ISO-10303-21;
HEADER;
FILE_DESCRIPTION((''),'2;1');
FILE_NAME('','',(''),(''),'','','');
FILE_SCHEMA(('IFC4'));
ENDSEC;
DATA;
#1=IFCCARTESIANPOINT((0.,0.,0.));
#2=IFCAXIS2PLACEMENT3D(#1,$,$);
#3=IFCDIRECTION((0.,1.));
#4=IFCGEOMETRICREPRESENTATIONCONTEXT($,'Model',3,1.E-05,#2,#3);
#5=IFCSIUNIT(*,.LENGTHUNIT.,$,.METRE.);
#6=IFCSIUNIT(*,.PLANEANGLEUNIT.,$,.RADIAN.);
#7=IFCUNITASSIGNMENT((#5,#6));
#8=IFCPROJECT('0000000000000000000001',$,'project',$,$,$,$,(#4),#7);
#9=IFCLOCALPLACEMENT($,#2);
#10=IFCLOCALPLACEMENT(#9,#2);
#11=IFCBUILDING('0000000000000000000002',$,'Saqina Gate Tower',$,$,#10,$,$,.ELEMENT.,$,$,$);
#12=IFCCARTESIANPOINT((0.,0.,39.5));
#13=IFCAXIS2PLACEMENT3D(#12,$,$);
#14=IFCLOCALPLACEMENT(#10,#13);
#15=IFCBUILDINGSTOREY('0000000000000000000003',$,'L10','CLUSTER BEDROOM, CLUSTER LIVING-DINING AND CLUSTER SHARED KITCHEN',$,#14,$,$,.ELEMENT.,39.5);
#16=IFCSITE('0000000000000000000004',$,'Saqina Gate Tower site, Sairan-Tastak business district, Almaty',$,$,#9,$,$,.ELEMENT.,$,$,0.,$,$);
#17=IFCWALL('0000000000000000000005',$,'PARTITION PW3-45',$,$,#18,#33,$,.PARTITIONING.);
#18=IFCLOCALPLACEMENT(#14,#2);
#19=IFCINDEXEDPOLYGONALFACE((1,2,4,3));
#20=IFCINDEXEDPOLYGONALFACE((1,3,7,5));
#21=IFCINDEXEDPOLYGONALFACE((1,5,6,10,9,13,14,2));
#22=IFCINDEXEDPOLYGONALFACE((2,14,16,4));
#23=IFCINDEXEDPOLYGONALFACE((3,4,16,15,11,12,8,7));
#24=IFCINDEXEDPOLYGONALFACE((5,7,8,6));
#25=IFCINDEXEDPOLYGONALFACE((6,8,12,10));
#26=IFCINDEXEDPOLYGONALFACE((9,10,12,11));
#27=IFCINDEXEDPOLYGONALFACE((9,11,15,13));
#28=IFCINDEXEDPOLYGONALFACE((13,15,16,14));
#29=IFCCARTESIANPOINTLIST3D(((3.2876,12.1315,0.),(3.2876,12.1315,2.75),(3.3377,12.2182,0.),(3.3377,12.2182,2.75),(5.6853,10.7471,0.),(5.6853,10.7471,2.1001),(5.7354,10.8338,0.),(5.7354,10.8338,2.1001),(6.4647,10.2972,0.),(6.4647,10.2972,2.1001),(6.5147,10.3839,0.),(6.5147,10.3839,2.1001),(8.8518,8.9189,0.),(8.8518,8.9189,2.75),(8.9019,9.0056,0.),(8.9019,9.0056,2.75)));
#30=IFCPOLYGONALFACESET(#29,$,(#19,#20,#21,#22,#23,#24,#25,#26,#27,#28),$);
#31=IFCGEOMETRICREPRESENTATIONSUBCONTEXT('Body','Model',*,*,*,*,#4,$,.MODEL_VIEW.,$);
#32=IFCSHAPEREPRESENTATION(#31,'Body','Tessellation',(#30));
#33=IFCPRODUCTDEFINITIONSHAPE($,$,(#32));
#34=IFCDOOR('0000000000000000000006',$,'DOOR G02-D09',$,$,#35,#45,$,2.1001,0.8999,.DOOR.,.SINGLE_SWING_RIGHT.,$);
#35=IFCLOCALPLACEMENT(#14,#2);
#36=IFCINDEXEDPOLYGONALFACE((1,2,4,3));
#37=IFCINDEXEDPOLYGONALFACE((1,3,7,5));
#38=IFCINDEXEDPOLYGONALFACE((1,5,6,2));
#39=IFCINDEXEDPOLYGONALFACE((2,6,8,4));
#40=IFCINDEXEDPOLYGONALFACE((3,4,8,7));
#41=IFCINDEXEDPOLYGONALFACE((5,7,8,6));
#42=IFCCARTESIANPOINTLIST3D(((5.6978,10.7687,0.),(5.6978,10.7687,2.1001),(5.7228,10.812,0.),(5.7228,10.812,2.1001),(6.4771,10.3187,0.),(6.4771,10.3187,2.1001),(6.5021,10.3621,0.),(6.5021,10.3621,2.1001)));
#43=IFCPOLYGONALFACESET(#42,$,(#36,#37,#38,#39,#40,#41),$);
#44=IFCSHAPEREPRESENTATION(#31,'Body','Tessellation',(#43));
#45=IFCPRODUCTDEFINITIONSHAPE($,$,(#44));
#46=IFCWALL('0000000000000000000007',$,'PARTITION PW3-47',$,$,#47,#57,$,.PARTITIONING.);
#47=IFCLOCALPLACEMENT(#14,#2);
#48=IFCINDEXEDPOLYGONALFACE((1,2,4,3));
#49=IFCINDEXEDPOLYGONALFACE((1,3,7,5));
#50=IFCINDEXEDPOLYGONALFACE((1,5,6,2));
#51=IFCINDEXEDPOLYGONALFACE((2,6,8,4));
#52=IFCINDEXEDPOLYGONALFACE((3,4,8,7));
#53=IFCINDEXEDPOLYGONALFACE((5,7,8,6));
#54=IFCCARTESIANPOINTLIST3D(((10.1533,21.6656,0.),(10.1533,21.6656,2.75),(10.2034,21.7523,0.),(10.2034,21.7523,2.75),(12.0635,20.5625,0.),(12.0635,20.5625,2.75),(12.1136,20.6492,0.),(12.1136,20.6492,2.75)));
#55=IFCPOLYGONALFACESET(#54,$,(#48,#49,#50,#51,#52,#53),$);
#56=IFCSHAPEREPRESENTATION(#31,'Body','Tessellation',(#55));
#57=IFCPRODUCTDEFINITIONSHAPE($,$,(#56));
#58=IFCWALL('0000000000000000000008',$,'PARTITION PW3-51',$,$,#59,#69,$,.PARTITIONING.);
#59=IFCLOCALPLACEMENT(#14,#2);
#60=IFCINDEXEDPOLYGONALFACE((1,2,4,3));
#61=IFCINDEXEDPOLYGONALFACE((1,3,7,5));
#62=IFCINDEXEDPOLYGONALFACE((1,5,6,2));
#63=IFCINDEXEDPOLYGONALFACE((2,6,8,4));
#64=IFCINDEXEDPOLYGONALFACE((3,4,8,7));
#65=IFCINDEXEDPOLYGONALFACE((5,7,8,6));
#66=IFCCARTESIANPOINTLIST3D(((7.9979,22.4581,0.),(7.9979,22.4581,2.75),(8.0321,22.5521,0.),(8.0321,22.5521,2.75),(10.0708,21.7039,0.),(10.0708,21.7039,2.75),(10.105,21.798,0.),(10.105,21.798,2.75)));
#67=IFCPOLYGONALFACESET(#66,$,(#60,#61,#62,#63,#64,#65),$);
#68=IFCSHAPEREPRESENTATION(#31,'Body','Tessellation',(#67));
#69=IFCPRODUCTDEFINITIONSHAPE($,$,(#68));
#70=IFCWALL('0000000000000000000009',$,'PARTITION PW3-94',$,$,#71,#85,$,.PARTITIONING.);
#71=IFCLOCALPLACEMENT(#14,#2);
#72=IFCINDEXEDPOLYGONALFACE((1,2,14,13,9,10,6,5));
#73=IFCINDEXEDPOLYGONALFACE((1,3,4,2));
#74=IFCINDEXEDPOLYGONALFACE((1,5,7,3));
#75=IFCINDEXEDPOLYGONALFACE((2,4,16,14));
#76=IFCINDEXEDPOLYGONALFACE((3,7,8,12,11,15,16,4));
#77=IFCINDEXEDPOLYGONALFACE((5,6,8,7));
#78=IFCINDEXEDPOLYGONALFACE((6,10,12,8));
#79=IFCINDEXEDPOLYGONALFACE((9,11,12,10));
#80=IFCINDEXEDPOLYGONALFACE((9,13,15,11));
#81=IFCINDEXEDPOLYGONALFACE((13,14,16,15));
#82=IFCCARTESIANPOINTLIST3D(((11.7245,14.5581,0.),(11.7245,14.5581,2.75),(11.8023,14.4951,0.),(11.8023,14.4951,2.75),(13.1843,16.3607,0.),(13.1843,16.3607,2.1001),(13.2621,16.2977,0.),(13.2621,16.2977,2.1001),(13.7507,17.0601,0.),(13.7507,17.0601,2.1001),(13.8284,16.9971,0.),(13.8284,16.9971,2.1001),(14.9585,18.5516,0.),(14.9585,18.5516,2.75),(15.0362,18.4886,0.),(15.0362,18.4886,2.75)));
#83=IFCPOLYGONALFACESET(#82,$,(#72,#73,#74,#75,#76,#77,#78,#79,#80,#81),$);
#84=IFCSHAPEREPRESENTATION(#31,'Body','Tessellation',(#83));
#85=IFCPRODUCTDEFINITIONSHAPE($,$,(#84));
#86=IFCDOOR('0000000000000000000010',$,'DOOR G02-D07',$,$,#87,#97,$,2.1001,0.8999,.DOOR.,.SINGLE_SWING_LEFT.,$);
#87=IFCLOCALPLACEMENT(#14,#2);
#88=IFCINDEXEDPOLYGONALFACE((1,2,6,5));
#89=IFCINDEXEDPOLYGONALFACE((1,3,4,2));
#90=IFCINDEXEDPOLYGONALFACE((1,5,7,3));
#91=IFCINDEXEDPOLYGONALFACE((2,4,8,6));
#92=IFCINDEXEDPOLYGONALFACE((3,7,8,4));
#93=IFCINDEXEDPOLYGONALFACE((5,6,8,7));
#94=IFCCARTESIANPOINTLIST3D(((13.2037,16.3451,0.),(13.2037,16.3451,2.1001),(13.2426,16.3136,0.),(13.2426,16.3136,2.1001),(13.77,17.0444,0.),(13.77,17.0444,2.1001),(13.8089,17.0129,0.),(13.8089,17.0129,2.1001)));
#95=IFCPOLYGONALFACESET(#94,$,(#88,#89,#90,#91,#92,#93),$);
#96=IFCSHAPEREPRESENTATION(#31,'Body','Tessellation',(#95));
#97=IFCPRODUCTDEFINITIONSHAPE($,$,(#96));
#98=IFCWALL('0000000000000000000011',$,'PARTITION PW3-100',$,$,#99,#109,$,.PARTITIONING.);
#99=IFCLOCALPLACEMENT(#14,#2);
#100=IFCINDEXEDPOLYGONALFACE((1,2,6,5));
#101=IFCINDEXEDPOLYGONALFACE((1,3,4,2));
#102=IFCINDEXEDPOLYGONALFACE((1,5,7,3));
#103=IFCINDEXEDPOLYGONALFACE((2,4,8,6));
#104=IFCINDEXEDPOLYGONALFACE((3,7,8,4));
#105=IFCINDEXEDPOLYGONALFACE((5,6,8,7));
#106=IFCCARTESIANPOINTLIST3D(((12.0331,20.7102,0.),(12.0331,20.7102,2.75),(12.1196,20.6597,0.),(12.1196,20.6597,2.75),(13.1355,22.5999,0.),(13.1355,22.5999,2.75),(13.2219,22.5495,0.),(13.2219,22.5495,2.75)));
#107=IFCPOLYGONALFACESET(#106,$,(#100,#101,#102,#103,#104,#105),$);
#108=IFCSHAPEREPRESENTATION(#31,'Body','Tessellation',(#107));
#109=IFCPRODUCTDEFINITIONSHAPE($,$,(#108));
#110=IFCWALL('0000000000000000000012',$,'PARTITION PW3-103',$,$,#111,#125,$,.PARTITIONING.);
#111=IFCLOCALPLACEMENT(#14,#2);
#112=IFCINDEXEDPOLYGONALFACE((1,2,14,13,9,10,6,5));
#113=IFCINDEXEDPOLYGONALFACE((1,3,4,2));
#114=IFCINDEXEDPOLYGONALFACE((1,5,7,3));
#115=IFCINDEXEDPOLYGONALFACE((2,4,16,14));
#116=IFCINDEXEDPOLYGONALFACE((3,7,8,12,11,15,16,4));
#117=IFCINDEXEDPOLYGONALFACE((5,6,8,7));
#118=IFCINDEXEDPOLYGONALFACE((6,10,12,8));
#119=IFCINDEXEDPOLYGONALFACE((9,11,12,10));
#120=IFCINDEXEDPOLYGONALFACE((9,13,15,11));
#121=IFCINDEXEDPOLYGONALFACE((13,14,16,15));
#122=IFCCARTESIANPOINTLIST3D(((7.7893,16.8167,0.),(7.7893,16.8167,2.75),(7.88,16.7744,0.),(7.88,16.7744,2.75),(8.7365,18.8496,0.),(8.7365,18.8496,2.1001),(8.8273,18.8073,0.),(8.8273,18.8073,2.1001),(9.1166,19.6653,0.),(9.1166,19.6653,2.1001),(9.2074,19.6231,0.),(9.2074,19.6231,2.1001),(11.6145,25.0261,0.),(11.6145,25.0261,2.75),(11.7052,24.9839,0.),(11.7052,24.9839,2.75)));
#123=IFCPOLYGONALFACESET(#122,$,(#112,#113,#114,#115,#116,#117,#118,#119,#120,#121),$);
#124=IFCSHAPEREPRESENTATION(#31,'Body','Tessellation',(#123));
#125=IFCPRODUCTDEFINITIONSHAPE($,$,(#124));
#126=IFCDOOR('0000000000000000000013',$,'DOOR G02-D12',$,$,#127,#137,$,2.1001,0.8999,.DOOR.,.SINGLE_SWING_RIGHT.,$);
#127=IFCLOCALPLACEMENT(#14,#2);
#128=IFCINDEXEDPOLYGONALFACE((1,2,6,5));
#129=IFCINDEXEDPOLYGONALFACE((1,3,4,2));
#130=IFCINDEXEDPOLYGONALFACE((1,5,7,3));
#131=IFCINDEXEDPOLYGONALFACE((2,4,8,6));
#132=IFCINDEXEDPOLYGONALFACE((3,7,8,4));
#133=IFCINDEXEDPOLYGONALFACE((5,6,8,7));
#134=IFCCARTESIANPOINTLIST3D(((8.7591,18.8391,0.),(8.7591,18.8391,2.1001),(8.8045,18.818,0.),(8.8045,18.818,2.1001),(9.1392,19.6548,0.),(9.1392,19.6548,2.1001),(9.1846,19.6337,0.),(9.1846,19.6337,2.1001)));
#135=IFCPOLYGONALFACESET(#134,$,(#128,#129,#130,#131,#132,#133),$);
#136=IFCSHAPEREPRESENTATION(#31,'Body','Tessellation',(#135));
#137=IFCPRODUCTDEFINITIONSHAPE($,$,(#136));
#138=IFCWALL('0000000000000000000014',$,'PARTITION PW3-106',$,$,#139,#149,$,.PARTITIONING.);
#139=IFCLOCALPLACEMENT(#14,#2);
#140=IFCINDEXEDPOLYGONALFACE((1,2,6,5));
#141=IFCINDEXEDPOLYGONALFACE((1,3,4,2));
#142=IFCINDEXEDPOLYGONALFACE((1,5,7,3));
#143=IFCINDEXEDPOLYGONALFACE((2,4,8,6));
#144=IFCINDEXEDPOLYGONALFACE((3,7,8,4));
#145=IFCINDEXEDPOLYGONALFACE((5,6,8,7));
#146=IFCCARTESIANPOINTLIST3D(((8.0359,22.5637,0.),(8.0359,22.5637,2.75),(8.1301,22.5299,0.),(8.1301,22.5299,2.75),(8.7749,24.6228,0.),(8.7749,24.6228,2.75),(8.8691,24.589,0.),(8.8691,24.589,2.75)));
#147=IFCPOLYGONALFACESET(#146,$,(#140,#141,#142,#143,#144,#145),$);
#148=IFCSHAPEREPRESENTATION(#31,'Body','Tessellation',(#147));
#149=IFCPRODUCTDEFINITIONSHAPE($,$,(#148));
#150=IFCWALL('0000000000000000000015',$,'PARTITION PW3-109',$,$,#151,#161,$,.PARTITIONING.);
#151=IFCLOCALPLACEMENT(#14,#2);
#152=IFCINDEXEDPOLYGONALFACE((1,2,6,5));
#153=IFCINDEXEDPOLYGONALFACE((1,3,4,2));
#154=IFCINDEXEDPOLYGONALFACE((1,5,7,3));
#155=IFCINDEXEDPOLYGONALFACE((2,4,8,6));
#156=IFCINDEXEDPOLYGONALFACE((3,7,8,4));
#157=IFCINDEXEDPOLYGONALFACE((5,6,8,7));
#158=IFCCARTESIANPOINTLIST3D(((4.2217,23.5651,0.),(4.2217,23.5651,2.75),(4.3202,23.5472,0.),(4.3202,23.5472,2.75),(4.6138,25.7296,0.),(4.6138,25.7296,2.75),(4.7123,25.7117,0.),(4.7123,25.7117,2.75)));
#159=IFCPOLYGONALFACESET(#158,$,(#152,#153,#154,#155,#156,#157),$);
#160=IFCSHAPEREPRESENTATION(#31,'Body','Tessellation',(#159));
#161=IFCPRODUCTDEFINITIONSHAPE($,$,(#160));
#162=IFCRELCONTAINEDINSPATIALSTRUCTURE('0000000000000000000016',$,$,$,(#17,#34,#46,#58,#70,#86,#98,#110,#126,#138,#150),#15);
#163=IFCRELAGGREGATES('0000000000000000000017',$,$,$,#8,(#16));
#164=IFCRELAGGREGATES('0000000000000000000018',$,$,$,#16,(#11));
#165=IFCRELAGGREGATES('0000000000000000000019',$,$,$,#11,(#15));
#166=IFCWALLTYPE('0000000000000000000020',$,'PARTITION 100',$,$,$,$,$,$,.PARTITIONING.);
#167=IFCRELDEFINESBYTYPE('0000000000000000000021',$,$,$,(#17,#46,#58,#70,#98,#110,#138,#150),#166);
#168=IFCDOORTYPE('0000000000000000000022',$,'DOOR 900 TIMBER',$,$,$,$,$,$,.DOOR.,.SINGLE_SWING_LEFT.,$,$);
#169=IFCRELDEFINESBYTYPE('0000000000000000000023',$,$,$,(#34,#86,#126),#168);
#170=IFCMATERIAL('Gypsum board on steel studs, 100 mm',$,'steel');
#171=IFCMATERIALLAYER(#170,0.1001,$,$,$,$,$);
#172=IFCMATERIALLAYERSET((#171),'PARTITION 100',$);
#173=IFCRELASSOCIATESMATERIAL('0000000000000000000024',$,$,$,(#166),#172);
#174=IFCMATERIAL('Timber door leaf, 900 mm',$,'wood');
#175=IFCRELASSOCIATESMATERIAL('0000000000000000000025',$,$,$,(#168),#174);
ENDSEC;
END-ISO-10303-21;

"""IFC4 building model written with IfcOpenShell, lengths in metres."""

from ifc_helpers import new_model, si_unit, direction, frame, frame_2d, origin, place, context, subcontext, project, spatial, rectangle, extrude, material, layer, layer_set, type_object, element, fill, save


model = new_model("IFC4")

# Units and contexts
model_context = context("Model", 3, precision=1e-05, world=origin(), true_north=direction((0.0, 1.0)))
body_context = subcontext(model_context, "Body", "Model", "MODEL_VIEW")
ifc_project = project(units=[si_unit("LENGTHUNIT", "METRE"), si_unit("PLANEANGLEUNIT", "RADIAN")], contexts=[model_context])

# Site, building, storey
site_placement = place(None, origin())
site = spatial("IfcSite", under=ifc_project, at=site_placement, Name="Saqina Gate Tower site, Sairan-Tastak business district, Almaty", CompositionType="ELEMENT", RefElevation=0.0)
building_placement = place(site_placement, origin())
building = spatial("IfcBuilding", under=site, at=building_placement, Name="Saqina Gate Tower", CompositionType="ELEMENT")
storey_placement = place(building_placement, frame((0.0, 0.0, 39.5)))
storey = spatial("IfcBuildingStorey", under=building, at=storey_placement, Name="L10", Description="CLUSTER BEDROOM, CLUSTER LIVING-DINING AND CLUSTER SHARED KITCHEN", CompositionType="ELEMENT", Elevation=39.5)

# Wall, opening, door
ifc_material_1 = material(Name="Gypsum board on steel studs, 100 mm", Category="steel")
ifc_layer_1 = layer(ifc_material_1, 0.1001)
ifc_layer_set_1 = layer_set([ifc_layer_1], Name="PARTITION 100")
wall_type_1 = type_object("IfcWallType", Name="PARTITION 100", PredefinedType="PARTITIONING", material=ifc_layer_set_1)
wall_1_placement = place(storey_placement, frame((3.3127, 12.1748, 0.0), z_axis=(0.0, 0.0, 1.0), x_axis=(0.866015, -0.500017, 0.0)))
wall_1 = element("IfcWall", 1, at=wall_1_placement, inside=storey, type_object=wall_type_1, Name="PARTITION PW3-45", PredefinedType="PARTITIONING", context=body_context, shape_type="SweptSolid", body=[
    extrude(rectangle(XDim=6.425, YDim=0.1001, at=frame_2d((3.2124, 0.0))), origin(), (0.0, 0.0, 1.0), 2.75),
])
opening_1_placement = place(wall_1_placement, frame((2.7686, 0.0, 0.0)))
opening_1 = element("IfcOpeningElement", 2, at=opening_1_placement, cuts=wall_1, PredefinedType="OPENING", context=body_context, shape_type="SweptSolid", body=[
    extrude(rectangle(XDim=0.8999, YDim=2.1001, at=frame_2d((0.45, 1.05))), frame((0.0, 0.062, 0.0), z_axis=(0.0, -1.0, 0.0), x_axis=(1.0, 0.0, 0.0)), (0.0, 0.0, 1.0), 0.124),
])
ifc_material_2 = material(Name="Timber door leaf, 900 mm", Category="wood")
door_type_1 = type_object("IfcDoorType", Name="DOOR 900 TIMBER", OperationType="SINGLE_SWING_LEFT", PredefinedType="DOOR", material=ifc_material_2)
door_1_placement = place(opening_1_placement, origin())
door_1 = element("IfcDoor", 3, at=door_1_placement, inside=storey, type_object=door_type_1, Name="DOOR G02-D09", OperationType="SINGLE_SWING_RIGHT", OverallHeight=2.1001, OverallWidth=0.8999, PredefinedType="DOOR", context=body_context, shape_type="SweptSolid", body=[
    extrude(rectangle(XDim=0.8999, YDim=2.1001, at=frame_2d((0.45, 1.05))), frame((0.0, 0.0249, 0.0), z_axis=(0.0, -1.0, 0.0), x_axis=(1.0, 0.0, 0.0)), (0.0, 0.0, 1.0), 0.05),
])
fill(opening_1, door_1)

# Walls
for number, where, z_axis, x_axis, name in (
    (4, (10.1782, 21.709, 0.0), (0.0, 0.0, 1.0), (0.865987, -0.500067, 0.0), "PARTITION PW3-47"),
    (5, (8.0149, 22.5051, 0.0), (0.0, 0.0, 1.0), (0.939745, -0.341876, 0.0), "PARTITION PW3-51"),
):
    element("IfcWall", number, at=place(storey_placement, frame(where, z_axis=z_axis, x_axis=x_axis)), inside=storey, type_object=wall_type_1, Name=name, PredefinedType="PARTITIONING", context=body_context, shape_type="SweptSolid", body=[
        extrude(rectangle(XDim=2.2058, YDim=0.1001, at=frame_2d((1.103, 0.0))), origin(), (0.0, 0.0, 1.0), 2.75),
    ])

# Wall, opening, door
wall_2_placement = place(storey_placement, frame((11.7634, 14.5266, 0.0), z_axis=(0.0, 0.0, 1.0), x_axis=(0.629331, 0.777138, 0.0)))
wall_2 = element("IfcWall", 6, at=wall_2_placement, inside=storey, type_object=wall_type_1, Name="PARTITION PW3-94", PredefinedType="PARTITIONING", context=body_context, shape_type="SweptSolid", body=[
    extrude(rectangle(XDim=5.1387, YDim=0.1001, at=frame_2d((2.5693, 0.0))), origin(), (0.0, 0.0, 1.0), 2.75),
])
opening_2_placement = place(wall_2_placement, frame((2.3196, 0.0, 0.0)))
opening_2 = element("IfcOpeningElement", 7, at=opening_2_placement, cuts=wall_2, PredefinedType="OPENING", context=body_context, shape_type="SweptSolid", body=[
    extrude(rectangle(XDim=0.8999, YDim=2.1001, at=frame_2d((0.45, 1.05))), frame((0.0, 0.062, 0.0), z_axis=(0.0, -1.0, 0.0), x_axis=(1.0, 0.0, 0.0)), (0.0, 0.0, 1.0), 0.124),
])
door_2_placement = place(opening_2_placement, frame((0.8999, 0.0, 0.0), z_axis=(0.0, 0.0, 1.0), x_axis=(-1.0, 0.0, 0.0)))
door_2 = element("IfcDoor", 8, at=door_2_placement, inside=storey, type_object=door_type_1, Name="DOOR G02-D07", OperationType="SINGLE_SWING_LEFT", OverallHeight=2.1001, OverallWidth=0.8999, PredefinedType="DOOR", context=body_context, shape_type="SweptSolid", body=[
    extrude(rectangle(XDim=0.8999, YDim=2.1001, at=frame_2d((0.45, 1.05))), frame((0.0, 0.0249, 0.0), z_axis=(0.0, -1.0, 0.0), x_axis=(1.0, 0.0, 0.0)), (0.0, 0.0, 1.0), 0.05),
])
fill(opening_2, door_2)

# Wall
wall_3_placement = place(storey_placement, frame((12.0764, 20.6851, 0.0), z_axis=(0.0, 0.0, 1.0), x_axis=(0.503871, 0.863779, 0.0)))
element("IfcWall", 9, at=wall_3_placement, inside=storey, type_object=wall_type_1, Name="PARTITION PW3-100", PredefinedType="PARTITIONING", context=body_context, shape_type="SweptSolid", body=[
    extrude(rectangle(XDim=2.1877, YDim=0.1001, at=frame_2d((1.0938, 0.0))), origin(), (0.0, 0.0, 1.0), 2.75),
])

# Wall, opening, door
wall_4_placement = place(storey_placement, frame((7.8347, 16.7957, 0.0), z_axis=(0.0, 0.0, 1.0), x_axis=(0.422351, 0.906432, 0.0)))
wall_4 = element("IfcWall", 10, at=wall_4_placement, inside=storey, type_object=wall_type_1, Name="PARTITION PW3-103", PredefinedType="PARTITIONING", context=body_context, shape_type="SweptSolid", body=[
    extrude(rectangle(XDim=9.0569, YDim=0.1001, at=frame_2d((4.5283, 0.0))), origin(), (0.0, 0.0, 1.0), 2.75),
])
opening_3_placement = place(wall_4_placement, frame((2.2427, 0.0, 0.0)))
opening_3 = element("IfcOpeningElement", 11, at=opening_3_placement, cuts=wall_4, PredefinedType="OPENING", context=body_context, shape_type="SweptSolid", body=[
    extrude(rectangle(XDim=0.8999, YDim=2.1001, at=frame_2d((0.45, 1.05))), frame((0.0, 0.062, 0.0), z_axis=(0.0, -1.0, 0.0), x_axis=(1.0, 0.0, 0.0)), (0.0, 0.0, 1.0), 0.124),
])
door_3_placement = place(opening_3_placement, frame((0.8999, 0.0, 0.0), z_axis=(0.0, 0.0, 1.0), x_axis=(-1.0, 0.0, 0.0)))
door_3 = element("IfcDoor", 12, at=door_3_placement, inside=storey, type_object=door_type_1, Name="DOOR G02-D12", OperationType="SINGLE_SWING_RIGHT", OverallHeight=2.1001, OverallWidth=0.8999, PredefinedType="DOOR", context=body_context, shape_type="SweptSolid", body=[
    extrude(rectangle(XDim=0.8999, YDim=2.1001, at=frame_2d((0.45, 1.05))), frame((0.0, 0.0249, 0.0), z_axis=(0.0, -1.0, 0.0), x_axis=(1.0, 0.0, 0.0)), (0.0, 0.0, 1.0), 0.05),
])
fill(opening_3, door_3)

# Walls
wall_5_placement = place(storey_placement, frame((8.083, 22.5469, 0.0), z_axis=(0.0, 0.0, 1.0), x_axis=(0.337806, 0.941216, 0.0)))
element("IfcWall", 13, at=wall_5_placement, inside=storey, type_object=wall_type_1, Name="PARTITION PW3-106", PredefinedType="PARTITIONING", context=body_context, shape_type="SweptSolid", body=[
    extrude(rectangle(XDim=2.1877, YDim=0.1001, at=frame_2d((1.0938, 0.0))), origin(), (0.0, 0.0, 1.0), 2.75),
])
wall_6_placement = place(storey_placement, frame((4.271, 23.5562, 0.0), z_axis=(0.0, 0.0, 1.0), x_axis=(0.178241, 0.983987, 0.0)))
element("IfcWall", 14, at=wall_6_placement, inside=storey, type_object=wall_type_1, Name="PARTITION PW3-109", PredefinedType="PARTITIONING", context=body_context, shape_type="SweptSolid", body=[
    extrude(rectangle(XDim=2.1997, YDim=0.1001, at=frame_2d((1.0999, 0.0))), origin(), (0.0, 0.0, 1.0), 2.75),
])

save(model, "model.ifc")
